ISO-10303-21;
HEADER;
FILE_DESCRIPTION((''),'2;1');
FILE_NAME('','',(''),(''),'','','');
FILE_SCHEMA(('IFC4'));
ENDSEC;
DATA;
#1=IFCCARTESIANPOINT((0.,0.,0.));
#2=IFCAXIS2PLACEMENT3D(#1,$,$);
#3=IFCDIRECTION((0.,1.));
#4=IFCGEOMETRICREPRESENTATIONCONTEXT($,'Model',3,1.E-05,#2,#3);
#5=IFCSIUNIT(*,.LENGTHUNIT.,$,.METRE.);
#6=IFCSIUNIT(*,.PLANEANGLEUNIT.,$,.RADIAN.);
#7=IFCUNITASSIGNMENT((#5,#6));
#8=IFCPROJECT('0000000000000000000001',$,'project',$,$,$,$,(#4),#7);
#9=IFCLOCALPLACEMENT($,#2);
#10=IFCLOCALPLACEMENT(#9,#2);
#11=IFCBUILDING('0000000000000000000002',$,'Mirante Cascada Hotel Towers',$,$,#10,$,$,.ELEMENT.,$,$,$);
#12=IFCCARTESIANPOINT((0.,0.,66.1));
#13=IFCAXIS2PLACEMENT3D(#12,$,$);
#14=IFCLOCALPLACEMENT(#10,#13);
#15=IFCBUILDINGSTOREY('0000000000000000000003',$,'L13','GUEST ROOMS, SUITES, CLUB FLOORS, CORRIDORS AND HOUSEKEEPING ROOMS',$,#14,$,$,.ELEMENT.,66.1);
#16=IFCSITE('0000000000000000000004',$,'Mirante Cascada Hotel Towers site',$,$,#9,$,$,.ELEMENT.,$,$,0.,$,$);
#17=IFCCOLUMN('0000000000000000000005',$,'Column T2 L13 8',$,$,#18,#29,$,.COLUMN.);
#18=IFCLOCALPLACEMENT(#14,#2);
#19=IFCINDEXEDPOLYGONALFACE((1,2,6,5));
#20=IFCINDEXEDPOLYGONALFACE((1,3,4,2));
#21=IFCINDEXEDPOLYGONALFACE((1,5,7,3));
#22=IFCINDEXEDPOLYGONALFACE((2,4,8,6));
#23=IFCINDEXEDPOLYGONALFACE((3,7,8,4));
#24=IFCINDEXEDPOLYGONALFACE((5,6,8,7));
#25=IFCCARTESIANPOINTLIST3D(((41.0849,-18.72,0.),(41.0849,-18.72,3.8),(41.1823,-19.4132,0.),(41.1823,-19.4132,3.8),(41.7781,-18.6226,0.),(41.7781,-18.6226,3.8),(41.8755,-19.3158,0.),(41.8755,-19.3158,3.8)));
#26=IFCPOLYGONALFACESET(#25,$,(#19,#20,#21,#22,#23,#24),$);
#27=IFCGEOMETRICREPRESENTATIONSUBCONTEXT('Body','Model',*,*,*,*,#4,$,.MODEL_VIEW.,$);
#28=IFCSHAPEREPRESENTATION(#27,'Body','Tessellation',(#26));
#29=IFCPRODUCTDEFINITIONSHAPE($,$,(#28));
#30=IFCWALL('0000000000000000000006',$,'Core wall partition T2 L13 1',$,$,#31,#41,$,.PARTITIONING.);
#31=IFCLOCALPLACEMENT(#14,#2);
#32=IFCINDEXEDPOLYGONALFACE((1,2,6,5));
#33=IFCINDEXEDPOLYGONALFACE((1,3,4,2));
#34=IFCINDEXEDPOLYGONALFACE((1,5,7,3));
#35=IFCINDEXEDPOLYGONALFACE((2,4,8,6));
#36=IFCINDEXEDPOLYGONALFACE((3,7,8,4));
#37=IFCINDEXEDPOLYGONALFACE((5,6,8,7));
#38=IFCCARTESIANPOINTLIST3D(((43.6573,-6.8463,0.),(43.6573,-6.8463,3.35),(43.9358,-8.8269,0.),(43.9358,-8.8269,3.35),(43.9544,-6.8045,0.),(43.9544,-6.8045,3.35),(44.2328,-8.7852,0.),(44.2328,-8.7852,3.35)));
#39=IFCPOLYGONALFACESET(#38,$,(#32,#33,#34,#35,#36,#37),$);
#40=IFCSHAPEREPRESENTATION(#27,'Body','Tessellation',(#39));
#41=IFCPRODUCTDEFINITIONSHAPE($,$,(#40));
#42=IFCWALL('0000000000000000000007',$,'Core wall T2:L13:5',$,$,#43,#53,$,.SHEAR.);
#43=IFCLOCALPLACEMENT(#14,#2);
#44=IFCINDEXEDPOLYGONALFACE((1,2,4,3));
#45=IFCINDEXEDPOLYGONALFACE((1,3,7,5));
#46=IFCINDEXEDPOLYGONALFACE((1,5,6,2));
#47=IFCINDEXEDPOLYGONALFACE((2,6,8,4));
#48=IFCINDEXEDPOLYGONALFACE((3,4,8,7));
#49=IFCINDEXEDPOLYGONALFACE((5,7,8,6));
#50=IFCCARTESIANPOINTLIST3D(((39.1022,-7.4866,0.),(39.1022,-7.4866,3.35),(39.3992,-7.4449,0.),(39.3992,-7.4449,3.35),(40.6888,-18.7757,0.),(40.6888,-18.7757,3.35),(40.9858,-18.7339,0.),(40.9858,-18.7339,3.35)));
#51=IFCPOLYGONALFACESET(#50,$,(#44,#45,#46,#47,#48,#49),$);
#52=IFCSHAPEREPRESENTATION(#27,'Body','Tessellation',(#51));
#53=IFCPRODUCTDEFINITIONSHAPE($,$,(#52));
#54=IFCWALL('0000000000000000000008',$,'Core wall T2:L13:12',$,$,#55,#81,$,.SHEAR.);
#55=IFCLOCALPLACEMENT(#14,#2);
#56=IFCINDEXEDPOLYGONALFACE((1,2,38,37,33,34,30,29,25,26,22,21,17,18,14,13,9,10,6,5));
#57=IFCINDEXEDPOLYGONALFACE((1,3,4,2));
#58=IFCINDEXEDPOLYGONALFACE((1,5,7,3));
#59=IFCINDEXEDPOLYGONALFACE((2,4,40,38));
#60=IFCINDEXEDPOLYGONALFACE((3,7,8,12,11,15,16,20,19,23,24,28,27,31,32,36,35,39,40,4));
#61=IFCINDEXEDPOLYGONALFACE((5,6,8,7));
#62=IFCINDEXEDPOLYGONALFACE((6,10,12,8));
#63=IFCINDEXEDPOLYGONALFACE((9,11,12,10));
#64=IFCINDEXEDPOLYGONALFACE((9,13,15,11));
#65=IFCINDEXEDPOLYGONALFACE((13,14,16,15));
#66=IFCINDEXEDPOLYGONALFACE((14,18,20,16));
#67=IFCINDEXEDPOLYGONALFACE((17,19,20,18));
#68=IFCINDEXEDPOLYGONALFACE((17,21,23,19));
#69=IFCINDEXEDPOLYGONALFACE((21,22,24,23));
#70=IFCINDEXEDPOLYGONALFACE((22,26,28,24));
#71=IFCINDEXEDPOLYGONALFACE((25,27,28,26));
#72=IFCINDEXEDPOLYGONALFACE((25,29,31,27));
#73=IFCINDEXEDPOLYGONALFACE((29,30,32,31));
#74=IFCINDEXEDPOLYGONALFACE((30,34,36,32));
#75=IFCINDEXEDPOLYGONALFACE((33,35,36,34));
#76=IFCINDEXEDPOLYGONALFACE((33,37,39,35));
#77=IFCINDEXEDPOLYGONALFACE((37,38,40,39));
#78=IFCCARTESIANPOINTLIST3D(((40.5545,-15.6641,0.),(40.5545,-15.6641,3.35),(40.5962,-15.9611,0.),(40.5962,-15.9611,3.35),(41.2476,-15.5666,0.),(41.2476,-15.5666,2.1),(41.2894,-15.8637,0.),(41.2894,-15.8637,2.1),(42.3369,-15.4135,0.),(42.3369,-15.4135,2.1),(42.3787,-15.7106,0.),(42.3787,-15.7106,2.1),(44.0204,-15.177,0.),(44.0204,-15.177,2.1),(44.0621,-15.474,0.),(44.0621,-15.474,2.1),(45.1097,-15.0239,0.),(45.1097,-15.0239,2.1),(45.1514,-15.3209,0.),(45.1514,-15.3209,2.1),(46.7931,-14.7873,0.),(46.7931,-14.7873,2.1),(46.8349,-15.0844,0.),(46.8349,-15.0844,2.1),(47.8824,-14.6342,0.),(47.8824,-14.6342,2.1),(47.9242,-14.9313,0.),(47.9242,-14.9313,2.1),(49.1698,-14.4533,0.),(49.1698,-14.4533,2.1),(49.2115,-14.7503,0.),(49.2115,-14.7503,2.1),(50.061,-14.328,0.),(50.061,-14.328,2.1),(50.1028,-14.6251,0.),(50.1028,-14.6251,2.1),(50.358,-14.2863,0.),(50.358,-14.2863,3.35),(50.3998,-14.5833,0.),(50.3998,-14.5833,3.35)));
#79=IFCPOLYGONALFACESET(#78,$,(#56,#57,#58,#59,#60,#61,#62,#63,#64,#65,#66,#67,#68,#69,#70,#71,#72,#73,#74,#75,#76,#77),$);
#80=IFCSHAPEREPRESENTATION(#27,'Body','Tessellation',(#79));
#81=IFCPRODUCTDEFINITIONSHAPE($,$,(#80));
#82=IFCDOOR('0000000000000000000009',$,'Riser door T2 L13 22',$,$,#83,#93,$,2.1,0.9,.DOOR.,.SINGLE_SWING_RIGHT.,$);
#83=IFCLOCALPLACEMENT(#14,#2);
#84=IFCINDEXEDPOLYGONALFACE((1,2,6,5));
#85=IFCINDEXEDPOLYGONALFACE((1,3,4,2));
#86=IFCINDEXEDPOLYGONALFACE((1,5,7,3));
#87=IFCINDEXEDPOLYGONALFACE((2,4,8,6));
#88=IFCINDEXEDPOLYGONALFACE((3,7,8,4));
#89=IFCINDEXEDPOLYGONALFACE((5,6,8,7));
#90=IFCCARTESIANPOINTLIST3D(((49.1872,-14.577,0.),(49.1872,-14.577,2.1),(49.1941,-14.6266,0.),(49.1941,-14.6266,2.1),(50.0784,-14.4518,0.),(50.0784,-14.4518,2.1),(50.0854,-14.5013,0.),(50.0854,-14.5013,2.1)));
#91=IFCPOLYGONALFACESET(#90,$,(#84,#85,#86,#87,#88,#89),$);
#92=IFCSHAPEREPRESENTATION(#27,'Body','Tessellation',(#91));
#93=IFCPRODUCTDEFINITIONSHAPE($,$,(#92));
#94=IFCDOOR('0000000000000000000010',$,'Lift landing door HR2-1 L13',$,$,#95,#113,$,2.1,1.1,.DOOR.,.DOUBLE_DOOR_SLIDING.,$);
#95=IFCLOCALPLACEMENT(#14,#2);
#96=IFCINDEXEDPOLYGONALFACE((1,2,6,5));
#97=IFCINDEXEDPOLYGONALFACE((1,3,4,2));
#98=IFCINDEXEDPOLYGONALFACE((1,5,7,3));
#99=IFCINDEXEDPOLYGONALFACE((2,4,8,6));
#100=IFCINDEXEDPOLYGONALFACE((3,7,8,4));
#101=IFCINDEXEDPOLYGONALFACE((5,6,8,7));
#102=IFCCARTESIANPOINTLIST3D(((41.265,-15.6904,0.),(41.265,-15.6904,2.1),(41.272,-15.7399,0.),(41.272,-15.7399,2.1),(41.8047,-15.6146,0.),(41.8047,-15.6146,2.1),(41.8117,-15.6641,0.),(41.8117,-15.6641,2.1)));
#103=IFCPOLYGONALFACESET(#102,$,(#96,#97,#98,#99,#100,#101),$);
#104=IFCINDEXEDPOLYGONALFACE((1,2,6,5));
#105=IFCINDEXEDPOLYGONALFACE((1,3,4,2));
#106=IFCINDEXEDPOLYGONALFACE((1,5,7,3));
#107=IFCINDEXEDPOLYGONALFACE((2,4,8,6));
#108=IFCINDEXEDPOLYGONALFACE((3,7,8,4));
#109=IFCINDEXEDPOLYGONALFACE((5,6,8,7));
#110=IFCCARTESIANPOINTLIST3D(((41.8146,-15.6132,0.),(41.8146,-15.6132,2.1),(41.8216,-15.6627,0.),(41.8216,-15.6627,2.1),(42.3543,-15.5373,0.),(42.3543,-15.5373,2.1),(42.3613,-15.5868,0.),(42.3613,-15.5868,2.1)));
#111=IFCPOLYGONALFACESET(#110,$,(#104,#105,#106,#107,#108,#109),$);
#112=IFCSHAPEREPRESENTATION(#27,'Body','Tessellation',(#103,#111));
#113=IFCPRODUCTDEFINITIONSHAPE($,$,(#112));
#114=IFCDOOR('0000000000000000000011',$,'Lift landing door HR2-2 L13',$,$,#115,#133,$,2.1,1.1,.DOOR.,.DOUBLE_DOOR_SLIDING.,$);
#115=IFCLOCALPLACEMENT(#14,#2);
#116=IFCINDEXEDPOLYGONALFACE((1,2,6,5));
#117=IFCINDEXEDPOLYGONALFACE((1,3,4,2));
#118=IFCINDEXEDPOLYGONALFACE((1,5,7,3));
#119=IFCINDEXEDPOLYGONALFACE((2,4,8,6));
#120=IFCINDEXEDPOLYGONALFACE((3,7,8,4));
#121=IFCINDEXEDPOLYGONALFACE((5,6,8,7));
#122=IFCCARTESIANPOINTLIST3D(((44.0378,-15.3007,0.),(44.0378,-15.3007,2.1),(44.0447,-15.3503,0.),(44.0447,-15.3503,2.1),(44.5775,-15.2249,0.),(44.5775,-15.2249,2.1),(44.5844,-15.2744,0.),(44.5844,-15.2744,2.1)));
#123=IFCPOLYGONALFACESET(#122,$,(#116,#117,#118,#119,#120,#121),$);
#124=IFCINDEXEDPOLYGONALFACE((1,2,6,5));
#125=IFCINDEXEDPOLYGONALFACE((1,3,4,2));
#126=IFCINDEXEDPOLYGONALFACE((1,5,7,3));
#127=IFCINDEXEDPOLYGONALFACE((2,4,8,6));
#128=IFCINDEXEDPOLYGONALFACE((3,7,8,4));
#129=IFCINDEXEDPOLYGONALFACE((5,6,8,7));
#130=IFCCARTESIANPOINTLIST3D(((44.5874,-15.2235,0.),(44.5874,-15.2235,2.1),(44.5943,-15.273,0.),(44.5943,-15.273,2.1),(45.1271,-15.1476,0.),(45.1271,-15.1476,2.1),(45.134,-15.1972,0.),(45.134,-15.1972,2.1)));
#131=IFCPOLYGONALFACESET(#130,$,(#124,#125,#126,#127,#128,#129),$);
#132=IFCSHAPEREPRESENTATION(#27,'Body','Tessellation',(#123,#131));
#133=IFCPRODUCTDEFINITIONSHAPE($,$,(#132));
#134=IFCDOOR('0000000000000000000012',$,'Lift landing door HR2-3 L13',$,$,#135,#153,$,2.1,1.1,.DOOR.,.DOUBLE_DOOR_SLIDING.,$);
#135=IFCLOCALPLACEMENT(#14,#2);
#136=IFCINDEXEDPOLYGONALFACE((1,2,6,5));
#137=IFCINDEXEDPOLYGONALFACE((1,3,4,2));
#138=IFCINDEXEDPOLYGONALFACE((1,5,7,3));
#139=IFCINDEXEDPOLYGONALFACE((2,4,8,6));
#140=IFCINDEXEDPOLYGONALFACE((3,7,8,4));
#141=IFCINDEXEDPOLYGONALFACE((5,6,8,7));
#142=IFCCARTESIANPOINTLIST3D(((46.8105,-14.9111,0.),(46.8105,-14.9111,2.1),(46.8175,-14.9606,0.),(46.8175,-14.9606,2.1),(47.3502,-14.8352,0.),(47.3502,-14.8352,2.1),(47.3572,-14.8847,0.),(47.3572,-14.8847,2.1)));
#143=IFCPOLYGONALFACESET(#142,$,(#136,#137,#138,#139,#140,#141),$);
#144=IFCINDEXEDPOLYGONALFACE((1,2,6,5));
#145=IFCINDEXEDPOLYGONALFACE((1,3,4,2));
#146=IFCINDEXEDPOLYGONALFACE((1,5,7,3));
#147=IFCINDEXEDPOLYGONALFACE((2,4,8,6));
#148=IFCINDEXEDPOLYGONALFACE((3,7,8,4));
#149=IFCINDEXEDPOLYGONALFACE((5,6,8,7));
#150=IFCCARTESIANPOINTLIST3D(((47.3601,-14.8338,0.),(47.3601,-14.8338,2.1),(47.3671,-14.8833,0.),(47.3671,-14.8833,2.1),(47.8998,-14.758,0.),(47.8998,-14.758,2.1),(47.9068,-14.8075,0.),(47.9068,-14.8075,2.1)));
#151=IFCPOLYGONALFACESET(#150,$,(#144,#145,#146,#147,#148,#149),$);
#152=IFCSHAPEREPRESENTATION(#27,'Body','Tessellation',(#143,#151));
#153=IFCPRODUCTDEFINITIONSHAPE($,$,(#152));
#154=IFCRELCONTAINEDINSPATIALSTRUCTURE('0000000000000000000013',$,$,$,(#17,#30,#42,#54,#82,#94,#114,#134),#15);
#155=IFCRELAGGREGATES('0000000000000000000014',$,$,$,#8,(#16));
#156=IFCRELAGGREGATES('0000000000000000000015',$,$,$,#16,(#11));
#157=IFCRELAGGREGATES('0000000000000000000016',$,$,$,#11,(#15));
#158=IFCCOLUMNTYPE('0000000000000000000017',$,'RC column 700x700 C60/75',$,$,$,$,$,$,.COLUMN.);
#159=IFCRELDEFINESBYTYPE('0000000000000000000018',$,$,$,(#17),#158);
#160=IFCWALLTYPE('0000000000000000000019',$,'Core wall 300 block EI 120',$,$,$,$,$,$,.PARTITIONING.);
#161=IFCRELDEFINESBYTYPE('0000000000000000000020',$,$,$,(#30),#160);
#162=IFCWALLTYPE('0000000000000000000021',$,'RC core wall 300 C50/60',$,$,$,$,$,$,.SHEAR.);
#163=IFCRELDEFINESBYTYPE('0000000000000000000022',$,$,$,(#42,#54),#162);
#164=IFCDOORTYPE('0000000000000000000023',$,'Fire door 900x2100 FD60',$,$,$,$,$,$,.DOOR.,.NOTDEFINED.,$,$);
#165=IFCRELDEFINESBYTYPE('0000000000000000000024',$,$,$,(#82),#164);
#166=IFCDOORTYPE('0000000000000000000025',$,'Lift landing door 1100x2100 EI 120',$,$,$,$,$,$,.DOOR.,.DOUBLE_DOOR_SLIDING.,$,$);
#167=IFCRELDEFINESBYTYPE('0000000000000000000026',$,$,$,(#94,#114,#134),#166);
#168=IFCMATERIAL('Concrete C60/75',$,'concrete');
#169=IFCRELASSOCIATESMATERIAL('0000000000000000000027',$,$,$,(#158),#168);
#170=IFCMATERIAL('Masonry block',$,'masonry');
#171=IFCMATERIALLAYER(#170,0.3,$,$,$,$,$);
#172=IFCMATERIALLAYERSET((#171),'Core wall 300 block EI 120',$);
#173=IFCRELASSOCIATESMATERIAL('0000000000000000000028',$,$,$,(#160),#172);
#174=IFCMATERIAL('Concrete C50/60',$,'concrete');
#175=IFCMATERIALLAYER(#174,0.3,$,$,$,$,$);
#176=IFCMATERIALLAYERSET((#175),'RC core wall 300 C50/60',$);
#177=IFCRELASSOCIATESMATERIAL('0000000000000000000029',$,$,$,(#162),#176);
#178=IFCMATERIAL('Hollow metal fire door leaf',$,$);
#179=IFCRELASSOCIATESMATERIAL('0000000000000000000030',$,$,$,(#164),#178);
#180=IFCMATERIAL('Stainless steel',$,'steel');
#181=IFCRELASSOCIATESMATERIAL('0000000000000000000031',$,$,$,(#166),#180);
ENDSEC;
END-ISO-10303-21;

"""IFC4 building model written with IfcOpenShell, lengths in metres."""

from ifc_helpers import new_model, si_unit, direction, frame, frame_2d, origin, origin_2d, place, context, subcontext, project, spatial, rectangle, extrude, material, layer, layer_set, material_profile, profile_set, type_object, element, fill, save


model = new_model("IFC4")

# Units and contexts
model_context = context("Model", 3, precision=1e-05, world=origin(), true_north=direction((0.0, 1.0)))
body_context = subcontext(model_context, "Body", "Model", "MODEL_VIEW")
ifc_project = project(units=[si_unit("LENGTHUNIT", "METRE"), si_unit("PLANEANGLEUNIT", "RADIAN")], contexts=[model_context])

# Site, building, storey
site_placement = place(None, origin())
site = spatial("IfcSite", under=ifc_project, at=site_placement, Name="Mirante Cascada Hotel Towers site", CompositionType="ELEMENT", RefElevation=0.0)
building_placement = place(site_placement, origin())
building = spatial("IfcBuilding", under=site, at=building_placement, Name="Mirante Cascada Hotel Towers", CompositionType="ELEMENT")
storey_placement = place(building_placement, frame((0.0, 0.0, 66.1)))
storey = spatial("IfcBuildingStorey", under=building, at=storey_placement, Name="L13", Description="GUEST ROOMS, SUITES, CLUB FLOORS, CORRIDORS AND HOUSEKEEPING ROOMS", CompositionType="ELEMENT", Elevation=66.1)

# Column
ifc_material_1 = material(Name="Concrete C60/75", Category="concrete")
ifc_material_profile = material_profile(ifc_material_1, rectangle(XDim=0.7, YDim=0.7, at=origin_2d()), Name="RC column 700x700 C60/75")
ifc_profile_set = profile_set([ifc_material_profile], Name="Concrete C60/75")
column_type = type_object("IfcColumnType", Name="RC column 700x700 C60/75", PredefinedType="COLUMN", material=ifc_profile_set)
column_placement = place(storey_placement, frame((41.4802, -19.0179, 0.0), z_axis=(0.0, 0.0, 1.0), x_axis=(0.990268, 0.139173, 0.0)))
element("IfcColumn", 1, at=column_placement, inside=storey, type_object=column_type, Name="Column T2 L13 8", PredefinedType="COLUMN", context=body_context, shape_type="SweptSolid", body=[
    extrude(rectangle(XDim=0.7, YDim=0.7, at=origin_2d()), origin(), (0.0, 0.0, 1.0), 3.8),
])

# Walls
ifc_material_2 = material(Name="Masonry block", Category="masonry")
ifc_layer_1 = layer(ifc_material_2, 0.3)
ifc_layer_set_1 = layer_set([ifc_layer_1], Name="Core wall 300 block EI 120")
wall_type_1 = type_object("IfcWallType", Name="Core wall 300 block EI 120", PredefinedType="PARTITIONING", material=ifc_layer_set_1)
wall_1_placement = place(storey_placement, frame((44.0843, -8.8061, 0.0), z_axis=(0.0, 0.0, 1.0), x_axis=(-0.139195, 0.990265, 0.0)))
element("IfcWall", 2, at=wall_1_placement, inside=storey, type_object=wall_type_1, Name="Core wall partition T2 L13 1", PredefinedType="PARTITIONING", context=body_context, shape_type="SweptSolid", body=[
    extrude(rectangle(XDim=2.0001, YDim=0.3, at=frame_2d((1.0001, 0.0))), origin(), (0.0, 0.0, 1.0), 3.35),
])
ifc_material_3 = material(Name="Concrete C50/60", Category="concrete")
ifc_layer_2 = layer(ifc_material_3, 0.3)
ifc_layer_set_2 = layer_set([ifc_layer_2], Name="RC core wall 300 C50/60")
wall_type_2 = type_object("IfcWallType", Name="RC core wall 300 C50/60", PredefinedType="SHEAR", material=ifc_layer_set_2)
wall_2_placement = place(storey_placement, frame((40.8373, -18.7548, 0.0), z_axis=(0.0, 0.0, 1.0), x_axis=(-0.139175, 0.990268, 0.0)))
element("IfcWall", 3, at=wall_2_placement, inside=storey, type_object=wall_type_2, Name="Core wall T2:L13:5", PredefinedType="SHEAR", context=body_context, shape_type="SweptSolid", body=[
    extrude(rectangle(XDim=11.4, YDim=0.3, at=frame_2d((5.7, 0.0))), origin(), (0.0, 0.0, 1.0), 3.35),
])

# Wall, openings, doors
wall_3_placement = place(storey_placement, frame((40.5753, -15.8126, 0.0), z_axis=(0.0, 0.0, 1.0), x_axis=(0.990268, 0.139173, 0.0)))
wall_3 = element("IfcWall", 4, at=wall_3_placement, inside=storey, type_object=wall_type_2, Name="Core wall T2:L13:12", PredefinedType="SHEAR", context=body_context, shape_type="SweptSolid", body=[
    extrude(rectangle(XDim=9.8999, YDim=0.3, at=frame_2d((4.95, 0.0))), origin(), (0.0, 0.0, 1.0), 3.35),
])
opening_1_placement = place(wall_3_placement, frame((0.7, 0.0, 0.0)))
opening_1 = element("IfcOpeningElement", 5, at=opening_1_placement, cuts=wall_3, PredefinedType="OPENING", context=body_context, shape_type="SweptSolid", body=[
    extrude(rectangle(XDim=1.1, YDim=2.1, at=frame_2d((0.55, 1.05))), frame((0.0, 0.15, 0.0), z_axis=(0.0, -1.0, 0.0), x_axis=(1.0, 0.0, 0.0)), (0.0, 0.0, 1.0), 0.3),
])
opening_2_placement = place(wall_3_placement, frame((3.5, 0.0, 0.0)))
opening_2 = element("IfcOpeningElement", 6, at=opening_2_placement, cuts=wall_3, PredefinedType="OPENING", context=body_context, shape_type="SweptSolid", body=[
    extrude(rectangle(XDim=1.1, YDim=2.1, at=frame_2d((0.55, 1.05))), frame((0.0, 0.15, 0.0), z_axis=(0.0, -1.0, 0.0), x_axis=(1.0, 0.0, 0.0)), (0.0, 0.0, 1.0), 0.3),
])
opening_3_placement = place(wall_3_placement, frame((6.3, 0.0, 0.0)))
opening_3 = element("IfcOpeningElement", 7, at=opening_3_placement, cuts=wall_3, PredefinedType="OPENING", context=body_context, shape_type="SweptSolid", body=[
    extrude(rectangle(XDim=1.1, YDim=2.1, at=frame_2d((0.55, 1.05))), frame((0.0, 0.15, 0.0), z_axis=(0.0, -1.0, 0.0), x_axis=(1.0, 0.0, 0.0)), (0.0, 0.0, 1.0), 0.3),
])
opening_4_placement = place(wall_3_placement, frame((8.7, 0.0, 0.0)))
opening_4 = element("IfcOpeningElement", 8, at=opening_4_placement, cuts=wall_3, PredefinedType="OPENING", context=body_context, shape_type="SweptSolid", body=[
    extrude(rectangle(XDim=0.9, YDim=2.1, at=frame_2d((0.45, 1.05))), frame((0.0, 0.15, 0.0), z_axis=(0.0, -1.0, 0.0), x_axis=(1.0, 0.0, 0.0)), (0.0, 0.0, 1.0), 0.3),
])
ifc_material_4 = material(Name="Hollow metal fire door leaf")
door_type_1 = type_object("IfcDoorType", Name="Fire door 900x2100 FD60", OperationType="NOTDEFINED", PredefinedType="DOOR", material=ifc_material_4)
door_1_placement = place(opening_4_placement, frame((0.9, 0.0, 0.0), z_axis=(0.0, 0.0, 1.0), x_axis=(-1.0, 0.0, 0.0)))
door_1 = element("IfcDoor", 9, at=door_1_placement, inside=storey, type_object=door_type_1, Name="Riser door T2 L13 22", OperationType="SINGLE_SWING_RIGHT", OverallHeight=2.1, OverallWidth=0.9, PredefinedType="DOOR", context=body_context, shape_type="SweptSolid", body=[
    extrude(rectangle(XDim=0.9, YDim=2.1, at=frame_2d((0.45, 1.05))), frame((0.0, 0.025, 0.0), z_axis=(0.0, -1.0, 0.0), x_axis=(1.0, 0.0, 0.0)), (0.0, 0.0, 1.0), 0.05),
])
fill(opening_4, door_1)
ifc_material_5 = material(Name="Stainless steel", Category="steel")
door_type_2 = type_object("IfcDoorType", Name="Lift landing door 1100x2100 EI 120", OperationType="DOUBLE_DOOR_SLIDING", PredefinedType="DOOR", material=ifc_material_5)
door_2_placement = place(opening_1_placement, origin())
door_2 = element("IfcDoor", 10, at=door_2_placement, inside=storey, type_object=door_type_2, Name="Lift landing door HR2-1 L13", OperationType="DOUBLE_DOOR_SLIDING", OverallHeight=2.1, OverallWidth=1.1, PredefinedType="DOOR", context=body_context, shape_type="SweptSolid", body=[
    extrude(rectangle(XDim=0.545, YDim=2.1, at=frame_2d((0.2725, 1.05))), frame((0.0, 0.025, 0.0), z_axis=(0.0, -1.0, 0.0), x_axis=(1.0, 0.0, 0.0)), (0.0, 0.0, 1.0), 0.05),
    extrude(rectangle(XDim=0.545, YDim=2.1, at=frame_2d((0.8275, 1.05))), frame((0.0, 0.025, 0.0), z_axis=(0.0, -1.0, 0.0), x_axis=(1.0, 0.0, 0.0)), (0.0, 0.0, 1.0), 0.05),
])
fill(opening_1, door_2)
door_3_placement = place(opening_2_placement, origin())
door_3 = element("IfcDoor", 11, at=door_3_placement, inside=storey, type_object=door_type_2, Name="Lift landing door HR2-2 L13", OperationType="DOUBLE_DOOR_SLIDING", OverallHeight=2.1, OverallWidth=1.1, PredefinedType="DOOR", context=body_context, shape_type="SweptSolid", body=[
    extrude(rectangle(XDim=0.545, YDim=2.1, at=frame_2d((0.2725, 1.05))), frame((0.0, 0.025, 0.0), z_axis=(0.0, -1.0, 0.0), x_axis=(1.0, 0.0, 0.0)), (0.0, 0.0, 1.0), 0.05),
    extrude(rectangle(XDim=0.545, YDim=2.1, at=frame_2d((0.8275, 1.05))), frame((0.0, 0.025, 0.0), z_axis=(0.0, -1.0, 0.0), x_axis=(1.0, 0.0, 0.0)), (0.0, 0.0, 1.0), 0.05),
])
fill(opening_2, door_3)
door_4_placement = place(opening_3_placement, origin())
door_4 = element("IfcDoor", 12, at=door_4_placement, inside=storey, type_object=door_type_2, Name="Lift landing door HR2-3 L13", OperationType="DOUBLE_DOOR_SLIDING", OverallHeight=2.1, OverallWidth=1.1, PredefinedType="DOOR", context=body_context, shape_type="SweptSolid", body=[
    extrude(rectangle(XDim=0.545, YDim=2.1, at=frame_2d((0.2725, 1.05))), frame((0.0, 0.025, 0.0), z_axis=(0.0, -1.0, 0.0), x_axis=(1.0, 0.0, 0.0)), (0.0, 0.0, 1.0), 0.05),
    extrude(rectangle(XDim=0.545, YDim=2.1, at=frame_2d((0.8275, 1.05))), frame((0.0, 0.025, 0.0), z_axis=(0.0, -1.0, 0.0), x_axis=(1.0, 0.0, 0.0)), (0.0, 0.0, 1.0), 0.05),
])
fill(opening_3, door_4)

save(model, "model.ifc")
